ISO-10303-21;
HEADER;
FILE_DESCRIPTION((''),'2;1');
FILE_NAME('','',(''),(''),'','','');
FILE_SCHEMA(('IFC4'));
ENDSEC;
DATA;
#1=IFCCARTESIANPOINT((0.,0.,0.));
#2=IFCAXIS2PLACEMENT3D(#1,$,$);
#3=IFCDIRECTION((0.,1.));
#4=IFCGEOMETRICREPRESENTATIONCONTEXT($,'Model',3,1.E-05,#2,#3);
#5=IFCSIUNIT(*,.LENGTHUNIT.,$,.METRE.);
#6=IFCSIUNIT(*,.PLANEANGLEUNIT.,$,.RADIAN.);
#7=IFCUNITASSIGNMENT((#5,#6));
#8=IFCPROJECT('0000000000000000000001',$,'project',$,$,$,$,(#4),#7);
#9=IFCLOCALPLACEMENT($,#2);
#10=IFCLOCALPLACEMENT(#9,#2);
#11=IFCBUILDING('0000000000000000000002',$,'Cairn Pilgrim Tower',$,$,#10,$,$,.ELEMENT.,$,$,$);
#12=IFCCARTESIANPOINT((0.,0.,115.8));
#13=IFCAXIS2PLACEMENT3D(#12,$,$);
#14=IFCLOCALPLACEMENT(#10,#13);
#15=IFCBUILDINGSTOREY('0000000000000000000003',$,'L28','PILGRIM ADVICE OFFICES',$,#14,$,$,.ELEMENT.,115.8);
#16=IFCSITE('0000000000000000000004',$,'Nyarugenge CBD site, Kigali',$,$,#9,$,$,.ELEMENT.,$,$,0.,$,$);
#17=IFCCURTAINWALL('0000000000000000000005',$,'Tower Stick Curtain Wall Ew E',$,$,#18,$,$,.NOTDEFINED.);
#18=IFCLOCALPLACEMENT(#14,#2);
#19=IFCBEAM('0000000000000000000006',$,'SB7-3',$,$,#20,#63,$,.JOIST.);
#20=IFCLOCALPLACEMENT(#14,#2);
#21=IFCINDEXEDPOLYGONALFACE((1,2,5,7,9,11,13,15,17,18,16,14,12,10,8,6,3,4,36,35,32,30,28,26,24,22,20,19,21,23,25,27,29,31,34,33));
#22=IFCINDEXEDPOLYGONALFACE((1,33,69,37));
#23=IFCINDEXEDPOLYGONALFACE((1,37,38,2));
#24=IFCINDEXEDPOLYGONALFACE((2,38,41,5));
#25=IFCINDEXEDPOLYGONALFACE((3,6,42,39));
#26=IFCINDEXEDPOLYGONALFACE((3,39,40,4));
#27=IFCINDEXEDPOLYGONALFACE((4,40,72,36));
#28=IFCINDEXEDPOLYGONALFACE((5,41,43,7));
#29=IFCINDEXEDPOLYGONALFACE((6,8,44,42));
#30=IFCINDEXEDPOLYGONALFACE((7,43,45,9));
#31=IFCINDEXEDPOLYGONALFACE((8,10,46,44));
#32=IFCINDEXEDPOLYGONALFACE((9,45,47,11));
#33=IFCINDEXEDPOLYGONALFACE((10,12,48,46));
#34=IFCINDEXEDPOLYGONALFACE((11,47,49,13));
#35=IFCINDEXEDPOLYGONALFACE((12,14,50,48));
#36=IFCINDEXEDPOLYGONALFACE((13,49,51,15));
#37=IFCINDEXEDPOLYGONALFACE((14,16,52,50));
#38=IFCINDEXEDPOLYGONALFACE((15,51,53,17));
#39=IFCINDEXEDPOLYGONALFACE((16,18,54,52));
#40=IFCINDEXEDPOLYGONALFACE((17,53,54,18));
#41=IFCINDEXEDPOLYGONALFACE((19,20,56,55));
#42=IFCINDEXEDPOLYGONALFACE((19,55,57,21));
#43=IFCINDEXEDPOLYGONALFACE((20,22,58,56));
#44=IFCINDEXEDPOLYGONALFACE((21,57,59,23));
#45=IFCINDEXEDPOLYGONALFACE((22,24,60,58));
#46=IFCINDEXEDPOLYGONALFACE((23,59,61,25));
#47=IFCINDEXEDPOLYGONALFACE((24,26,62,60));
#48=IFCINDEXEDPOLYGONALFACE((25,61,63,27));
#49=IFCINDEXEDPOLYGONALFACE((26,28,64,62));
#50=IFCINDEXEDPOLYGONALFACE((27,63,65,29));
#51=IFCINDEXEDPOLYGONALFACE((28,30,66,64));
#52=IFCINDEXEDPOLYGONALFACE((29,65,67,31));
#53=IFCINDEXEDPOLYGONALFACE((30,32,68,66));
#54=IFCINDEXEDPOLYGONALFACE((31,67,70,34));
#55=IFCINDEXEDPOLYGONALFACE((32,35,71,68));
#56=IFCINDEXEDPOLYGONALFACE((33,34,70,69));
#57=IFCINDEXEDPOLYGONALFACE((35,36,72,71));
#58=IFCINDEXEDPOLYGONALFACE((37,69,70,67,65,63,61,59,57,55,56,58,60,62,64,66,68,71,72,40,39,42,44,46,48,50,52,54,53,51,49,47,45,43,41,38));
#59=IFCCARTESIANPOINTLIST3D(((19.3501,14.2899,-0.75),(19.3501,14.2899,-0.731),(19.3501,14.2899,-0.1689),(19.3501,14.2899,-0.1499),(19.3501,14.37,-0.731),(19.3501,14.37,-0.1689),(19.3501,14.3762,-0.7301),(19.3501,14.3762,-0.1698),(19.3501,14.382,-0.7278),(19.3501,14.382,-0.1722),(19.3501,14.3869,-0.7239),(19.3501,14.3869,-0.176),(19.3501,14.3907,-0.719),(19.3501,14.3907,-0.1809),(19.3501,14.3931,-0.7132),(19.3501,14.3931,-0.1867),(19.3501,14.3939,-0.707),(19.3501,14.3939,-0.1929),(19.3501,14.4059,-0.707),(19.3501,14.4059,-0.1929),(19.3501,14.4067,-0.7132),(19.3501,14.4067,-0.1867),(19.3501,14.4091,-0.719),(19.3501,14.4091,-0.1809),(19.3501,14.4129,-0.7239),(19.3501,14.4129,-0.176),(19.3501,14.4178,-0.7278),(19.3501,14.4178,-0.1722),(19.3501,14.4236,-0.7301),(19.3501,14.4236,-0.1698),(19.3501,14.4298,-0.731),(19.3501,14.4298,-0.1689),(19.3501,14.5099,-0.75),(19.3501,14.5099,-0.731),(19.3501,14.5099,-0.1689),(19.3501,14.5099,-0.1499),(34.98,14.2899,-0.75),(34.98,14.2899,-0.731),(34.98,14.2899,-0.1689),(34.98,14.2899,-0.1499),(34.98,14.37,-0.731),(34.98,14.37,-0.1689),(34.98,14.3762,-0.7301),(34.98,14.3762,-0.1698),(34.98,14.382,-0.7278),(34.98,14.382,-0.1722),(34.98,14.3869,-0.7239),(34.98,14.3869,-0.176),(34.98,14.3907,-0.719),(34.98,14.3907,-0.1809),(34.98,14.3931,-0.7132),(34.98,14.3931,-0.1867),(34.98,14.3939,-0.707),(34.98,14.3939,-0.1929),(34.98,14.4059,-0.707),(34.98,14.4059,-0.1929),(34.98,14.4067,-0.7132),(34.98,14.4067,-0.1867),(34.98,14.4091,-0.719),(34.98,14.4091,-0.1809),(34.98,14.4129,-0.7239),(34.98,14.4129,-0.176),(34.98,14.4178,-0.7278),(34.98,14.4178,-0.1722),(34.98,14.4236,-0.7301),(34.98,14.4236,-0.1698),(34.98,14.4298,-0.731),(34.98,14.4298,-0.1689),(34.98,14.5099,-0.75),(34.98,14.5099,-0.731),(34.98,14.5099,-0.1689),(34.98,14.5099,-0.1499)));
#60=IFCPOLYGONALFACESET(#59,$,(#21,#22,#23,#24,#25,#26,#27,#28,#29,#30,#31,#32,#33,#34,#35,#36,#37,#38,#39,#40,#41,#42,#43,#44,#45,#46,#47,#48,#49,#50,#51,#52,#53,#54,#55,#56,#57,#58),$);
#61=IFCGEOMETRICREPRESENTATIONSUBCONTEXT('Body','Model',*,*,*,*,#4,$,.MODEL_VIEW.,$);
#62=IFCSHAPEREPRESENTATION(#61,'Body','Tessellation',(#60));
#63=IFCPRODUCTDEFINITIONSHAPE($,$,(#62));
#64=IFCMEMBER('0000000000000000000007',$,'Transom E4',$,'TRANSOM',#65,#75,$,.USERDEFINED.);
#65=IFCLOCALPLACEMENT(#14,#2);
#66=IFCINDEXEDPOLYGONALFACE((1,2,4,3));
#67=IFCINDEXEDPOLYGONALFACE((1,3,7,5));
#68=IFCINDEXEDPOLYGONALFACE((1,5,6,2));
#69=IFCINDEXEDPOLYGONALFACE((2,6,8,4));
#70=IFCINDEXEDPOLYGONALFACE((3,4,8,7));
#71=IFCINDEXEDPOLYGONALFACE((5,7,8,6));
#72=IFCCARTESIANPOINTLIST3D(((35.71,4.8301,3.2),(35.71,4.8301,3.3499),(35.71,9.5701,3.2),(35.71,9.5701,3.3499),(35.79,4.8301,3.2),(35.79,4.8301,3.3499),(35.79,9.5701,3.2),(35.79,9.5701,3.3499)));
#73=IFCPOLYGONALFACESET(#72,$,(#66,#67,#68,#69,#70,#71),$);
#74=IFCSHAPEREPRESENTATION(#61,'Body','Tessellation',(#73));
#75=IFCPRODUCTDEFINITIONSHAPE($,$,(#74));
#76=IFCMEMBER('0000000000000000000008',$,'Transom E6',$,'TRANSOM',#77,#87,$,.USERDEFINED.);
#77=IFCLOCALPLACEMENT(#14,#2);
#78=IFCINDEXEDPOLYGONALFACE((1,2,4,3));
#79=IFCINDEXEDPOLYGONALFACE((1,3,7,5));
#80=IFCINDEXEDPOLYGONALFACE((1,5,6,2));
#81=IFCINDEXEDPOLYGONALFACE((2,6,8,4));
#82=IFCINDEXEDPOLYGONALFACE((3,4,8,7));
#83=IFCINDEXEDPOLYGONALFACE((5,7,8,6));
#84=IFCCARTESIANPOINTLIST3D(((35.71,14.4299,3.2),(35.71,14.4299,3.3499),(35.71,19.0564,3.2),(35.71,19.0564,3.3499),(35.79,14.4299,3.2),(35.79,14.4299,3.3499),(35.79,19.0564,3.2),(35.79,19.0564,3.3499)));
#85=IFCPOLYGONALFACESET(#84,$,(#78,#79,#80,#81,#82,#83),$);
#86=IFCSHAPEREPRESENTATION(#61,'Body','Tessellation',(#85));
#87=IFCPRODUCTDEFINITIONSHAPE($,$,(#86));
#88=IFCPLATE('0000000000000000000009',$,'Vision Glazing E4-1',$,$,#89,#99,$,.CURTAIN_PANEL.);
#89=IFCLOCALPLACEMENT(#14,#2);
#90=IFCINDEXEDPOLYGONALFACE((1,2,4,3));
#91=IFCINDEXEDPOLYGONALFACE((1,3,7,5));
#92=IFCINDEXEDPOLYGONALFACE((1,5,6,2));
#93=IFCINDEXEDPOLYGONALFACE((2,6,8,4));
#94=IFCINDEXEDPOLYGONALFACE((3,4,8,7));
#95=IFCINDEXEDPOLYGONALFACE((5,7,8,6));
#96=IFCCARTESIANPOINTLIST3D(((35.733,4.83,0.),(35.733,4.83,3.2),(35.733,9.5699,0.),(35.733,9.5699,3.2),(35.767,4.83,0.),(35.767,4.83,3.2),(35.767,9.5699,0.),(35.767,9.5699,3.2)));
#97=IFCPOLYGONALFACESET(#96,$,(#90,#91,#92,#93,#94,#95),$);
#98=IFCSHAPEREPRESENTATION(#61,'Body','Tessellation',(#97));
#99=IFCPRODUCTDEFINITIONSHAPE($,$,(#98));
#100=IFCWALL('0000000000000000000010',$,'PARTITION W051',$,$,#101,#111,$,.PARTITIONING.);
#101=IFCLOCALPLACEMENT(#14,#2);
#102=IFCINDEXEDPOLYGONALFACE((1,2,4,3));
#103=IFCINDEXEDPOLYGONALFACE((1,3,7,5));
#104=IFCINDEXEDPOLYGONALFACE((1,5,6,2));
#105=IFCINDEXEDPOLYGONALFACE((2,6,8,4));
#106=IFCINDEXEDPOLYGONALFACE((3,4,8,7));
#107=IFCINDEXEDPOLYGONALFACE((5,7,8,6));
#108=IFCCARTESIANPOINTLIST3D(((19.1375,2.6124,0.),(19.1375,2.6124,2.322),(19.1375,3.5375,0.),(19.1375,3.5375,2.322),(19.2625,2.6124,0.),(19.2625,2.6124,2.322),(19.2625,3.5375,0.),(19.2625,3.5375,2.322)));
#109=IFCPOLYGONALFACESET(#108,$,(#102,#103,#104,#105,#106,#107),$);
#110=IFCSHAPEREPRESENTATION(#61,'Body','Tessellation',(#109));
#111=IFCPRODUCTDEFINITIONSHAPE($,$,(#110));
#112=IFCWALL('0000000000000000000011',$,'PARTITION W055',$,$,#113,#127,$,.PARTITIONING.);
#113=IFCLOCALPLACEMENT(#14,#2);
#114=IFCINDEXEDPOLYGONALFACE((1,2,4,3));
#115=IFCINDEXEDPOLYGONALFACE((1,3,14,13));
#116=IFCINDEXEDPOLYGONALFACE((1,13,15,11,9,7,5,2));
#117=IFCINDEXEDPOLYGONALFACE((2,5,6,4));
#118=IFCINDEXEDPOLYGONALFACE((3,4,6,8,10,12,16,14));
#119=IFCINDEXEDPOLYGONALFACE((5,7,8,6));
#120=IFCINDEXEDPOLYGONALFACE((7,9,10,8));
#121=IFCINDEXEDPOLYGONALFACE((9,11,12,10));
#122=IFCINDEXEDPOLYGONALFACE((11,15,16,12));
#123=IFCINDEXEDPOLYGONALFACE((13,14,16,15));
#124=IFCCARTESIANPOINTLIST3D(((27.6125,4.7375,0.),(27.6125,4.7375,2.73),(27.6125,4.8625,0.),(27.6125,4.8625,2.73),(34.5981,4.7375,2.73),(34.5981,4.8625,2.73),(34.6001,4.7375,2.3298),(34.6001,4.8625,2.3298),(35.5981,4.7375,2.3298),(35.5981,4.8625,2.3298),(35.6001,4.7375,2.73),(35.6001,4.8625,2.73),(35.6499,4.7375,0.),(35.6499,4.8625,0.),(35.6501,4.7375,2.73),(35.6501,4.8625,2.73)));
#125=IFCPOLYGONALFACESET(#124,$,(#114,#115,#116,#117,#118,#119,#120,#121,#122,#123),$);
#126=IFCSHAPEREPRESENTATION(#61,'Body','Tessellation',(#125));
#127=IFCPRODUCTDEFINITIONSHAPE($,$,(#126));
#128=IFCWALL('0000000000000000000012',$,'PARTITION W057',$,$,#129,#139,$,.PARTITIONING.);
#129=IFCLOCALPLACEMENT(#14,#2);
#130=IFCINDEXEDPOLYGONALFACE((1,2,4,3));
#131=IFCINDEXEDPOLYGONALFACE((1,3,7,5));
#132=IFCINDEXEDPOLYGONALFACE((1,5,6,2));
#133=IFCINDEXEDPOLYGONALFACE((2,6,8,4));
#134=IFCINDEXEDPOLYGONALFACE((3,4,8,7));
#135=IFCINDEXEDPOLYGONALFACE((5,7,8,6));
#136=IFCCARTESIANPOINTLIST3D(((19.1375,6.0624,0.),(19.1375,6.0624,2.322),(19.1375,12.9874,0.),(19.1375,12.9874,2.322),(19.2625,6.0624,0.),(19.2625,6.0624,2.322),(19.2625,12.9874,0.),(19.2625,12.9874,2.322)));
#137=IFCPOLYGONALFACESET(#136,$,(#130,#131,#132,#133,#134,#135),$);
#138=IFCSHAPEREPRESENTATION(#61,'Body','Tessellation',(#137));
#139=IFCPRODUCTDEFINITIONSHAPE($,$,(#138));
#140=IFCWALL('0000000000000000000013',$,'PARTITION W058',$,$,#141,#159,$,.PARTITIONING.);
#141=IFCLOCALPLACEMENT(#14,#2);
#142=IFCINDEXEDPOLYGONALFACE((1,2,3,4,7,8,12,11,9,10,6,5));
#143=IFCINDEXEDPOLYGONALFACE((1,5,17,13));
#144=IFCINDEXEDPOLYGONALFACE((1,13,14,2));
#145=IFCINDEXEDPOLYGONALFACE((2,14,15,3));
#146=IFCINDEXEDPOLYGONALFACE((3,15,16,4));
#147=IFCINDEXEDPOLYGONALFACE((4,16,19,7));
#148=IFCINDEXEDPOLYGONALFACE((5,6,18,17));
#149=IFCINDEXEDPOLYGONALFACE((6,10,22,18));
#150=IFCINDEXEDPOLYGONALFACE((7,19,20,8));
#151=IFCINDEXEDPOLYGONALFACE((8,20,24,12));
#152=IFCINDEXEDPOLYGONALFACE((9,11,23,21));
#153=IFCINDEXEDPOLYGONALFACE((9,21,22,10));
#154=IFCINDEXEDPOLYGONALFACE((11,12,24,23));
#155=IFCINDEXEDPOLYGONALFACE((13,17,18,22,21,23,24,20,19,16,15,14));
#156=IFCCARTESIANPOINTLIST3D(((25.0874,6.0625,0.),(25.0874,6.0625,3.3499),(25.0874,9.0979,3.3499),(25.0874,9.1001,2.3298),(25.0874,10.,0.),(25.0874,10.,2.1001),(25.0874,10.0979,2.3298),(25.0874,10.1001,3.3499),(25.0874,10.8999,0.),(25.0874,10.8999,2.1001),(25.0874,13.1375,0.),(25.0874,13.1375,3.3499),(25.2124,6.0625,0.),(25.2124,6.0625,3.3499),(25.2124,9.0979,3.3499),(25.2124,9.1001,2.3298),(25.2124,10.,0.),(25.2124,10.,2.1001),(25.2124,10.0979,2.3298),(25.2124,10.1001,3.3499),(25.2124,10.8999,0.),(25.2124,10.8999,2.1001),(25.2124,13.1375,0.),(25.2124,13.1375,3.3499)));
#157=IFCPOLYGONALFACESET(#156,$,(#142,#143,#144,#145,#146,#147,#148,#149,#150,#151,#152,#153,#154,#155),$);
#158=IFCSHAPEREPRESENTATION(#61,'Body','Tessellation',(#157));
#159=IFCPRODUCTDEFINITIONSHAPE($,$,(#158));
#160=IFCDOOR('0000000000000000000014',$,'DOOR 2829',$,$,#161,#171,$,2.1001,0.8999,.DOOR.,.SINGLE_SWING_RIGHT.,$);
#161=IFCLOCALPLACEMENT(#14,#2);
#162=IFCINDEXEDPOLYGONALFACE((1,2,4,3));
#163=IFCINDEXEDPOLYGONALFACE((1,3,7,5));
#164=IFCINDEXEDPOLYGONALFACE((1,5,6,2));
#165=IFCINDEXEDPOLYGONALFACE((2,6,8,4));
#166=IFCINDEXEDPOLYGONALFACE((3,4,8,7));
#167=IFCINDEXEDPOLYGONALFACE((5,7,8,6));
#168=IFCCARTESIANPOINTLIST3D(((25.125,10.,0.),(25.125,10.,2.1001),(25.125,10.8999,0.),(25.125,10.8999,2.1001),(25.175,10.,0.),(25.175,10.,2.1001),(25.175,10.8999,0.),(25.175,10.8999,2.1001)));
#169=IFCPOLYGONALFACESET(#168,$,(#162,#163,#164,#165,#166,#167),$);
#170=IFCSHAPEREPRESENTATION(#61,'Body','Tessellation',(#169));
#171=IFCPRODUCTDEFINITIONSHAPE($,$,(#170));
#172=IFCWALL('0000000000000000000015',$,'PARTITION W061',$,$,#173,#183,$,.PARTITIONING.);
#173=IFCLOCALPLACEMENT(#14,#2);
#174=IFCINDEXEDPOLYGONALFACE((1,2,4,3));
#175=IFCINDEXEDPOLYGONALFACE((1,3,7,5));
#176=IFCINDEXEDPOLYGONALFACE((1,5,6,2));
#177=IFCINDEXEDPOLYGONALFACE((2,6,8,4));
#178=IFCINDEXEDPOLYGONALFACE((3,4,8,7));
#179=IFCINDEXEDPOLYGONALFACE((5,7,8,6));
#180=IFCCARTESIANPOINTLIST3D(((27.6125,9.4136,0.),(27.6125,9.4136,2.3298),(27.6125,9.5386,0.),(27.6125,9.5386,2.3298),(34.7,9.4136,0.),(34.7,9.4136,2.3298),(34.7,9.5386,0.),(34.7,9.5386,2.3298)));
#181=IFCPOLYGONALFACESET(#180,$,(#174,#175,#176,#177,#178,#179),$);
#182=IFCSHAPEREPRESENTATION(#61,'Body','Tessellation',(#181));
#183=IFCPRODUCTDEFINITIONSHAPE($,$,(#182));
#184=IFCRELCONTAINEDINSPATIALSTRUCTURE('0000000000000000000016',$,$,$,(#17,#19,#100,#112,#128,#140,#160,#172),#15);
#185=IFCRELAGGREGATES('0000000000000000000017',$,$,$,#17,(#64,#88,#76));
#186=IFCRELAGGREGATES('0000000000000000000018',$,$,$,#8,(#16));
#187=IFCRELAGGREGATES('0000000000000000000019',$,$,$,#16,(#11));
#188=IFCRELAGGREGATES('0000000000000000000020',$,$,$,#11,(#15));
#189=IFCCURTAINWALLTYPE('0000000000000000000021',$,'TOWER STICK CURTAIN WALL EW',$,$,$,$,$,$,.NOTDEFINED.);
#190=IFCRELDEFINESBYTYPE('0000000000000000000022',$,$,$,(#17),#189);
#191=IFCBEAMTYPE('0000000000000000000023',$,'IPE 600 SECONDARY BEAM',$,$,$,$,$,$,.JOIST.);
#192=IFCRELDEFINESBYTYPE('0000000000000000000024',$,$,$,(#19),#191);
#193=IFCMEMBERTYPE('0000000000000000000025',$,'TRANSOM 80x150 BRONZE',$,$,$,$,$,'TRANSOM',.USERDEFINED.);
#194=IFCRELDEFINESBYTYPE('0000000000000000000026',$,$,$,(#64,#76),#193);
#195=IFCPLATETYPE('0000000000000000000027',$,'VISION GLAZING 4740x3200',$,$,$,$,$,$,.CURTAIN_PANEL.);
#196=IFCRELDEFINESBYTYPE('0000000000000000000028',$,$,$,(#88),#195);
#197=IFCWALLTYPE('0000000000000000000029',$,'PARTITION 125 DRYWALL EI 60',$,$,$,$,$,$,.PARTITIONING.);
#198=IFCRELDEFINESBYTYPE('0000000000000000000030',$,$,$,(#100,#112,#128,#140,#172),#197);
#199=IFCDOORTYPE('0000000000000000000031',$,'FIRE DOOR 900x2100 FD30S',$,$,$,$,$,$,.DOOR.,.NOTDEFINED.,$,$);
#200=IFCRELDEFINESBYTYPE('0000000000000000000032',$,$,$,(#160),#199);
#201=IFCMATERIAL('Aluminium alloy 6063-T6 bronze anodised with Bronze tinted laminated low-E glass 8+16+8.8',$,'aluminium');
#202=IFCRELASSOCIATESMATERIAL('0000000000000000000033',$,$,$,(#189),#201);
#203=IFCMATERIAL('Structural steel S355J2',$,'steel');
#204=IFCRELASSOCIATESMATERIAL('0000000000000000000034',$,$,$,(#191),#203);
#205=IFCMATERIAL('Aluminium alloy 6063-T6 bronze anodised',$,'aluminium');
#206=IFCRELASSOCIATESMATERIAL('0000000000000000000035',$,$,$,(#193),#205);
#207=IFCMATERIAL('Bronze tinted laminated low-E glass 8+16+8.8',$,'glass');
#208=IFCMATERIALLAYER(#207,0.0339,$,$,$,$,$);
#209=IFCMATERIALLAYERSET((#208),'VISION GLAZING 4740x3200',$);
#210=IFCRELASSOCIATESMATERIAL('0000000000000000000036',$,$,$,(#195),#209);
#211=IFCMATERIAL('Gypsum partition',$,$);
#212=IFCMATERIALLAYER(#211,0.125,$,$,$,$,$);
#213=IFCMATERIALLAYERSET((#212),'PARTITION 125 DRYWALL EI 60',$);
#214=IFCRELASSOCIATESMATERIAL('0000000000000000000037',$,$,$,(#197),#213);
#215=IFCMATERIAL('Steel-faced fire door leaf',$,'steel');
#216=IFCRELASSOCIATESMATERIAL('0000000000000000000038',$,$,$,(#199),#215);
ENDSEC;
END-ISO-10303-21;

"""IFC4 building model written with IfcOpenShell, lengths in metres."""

from ifc_helpers import new_model, si_unit, direction, frame, frame_2d, origin, origin_2d, place, context, subcontext, project, spatial, polyline, rectangle, i_section, outline, extrude, material, layer, layer_set, material_profile, profile_set, type_object, element, fill, aggregate, save


model = new_model("IFC4")

# Units and contexts
model_context = context("Model", 3, precision=1e-05, world=origin(), true_north=direction((0.0, 1.0)))
body_context = subcontext(model_context, "Body", "Model", "MODEL_VIEW")
ifc_project = project(units=[si_unit("LENGTHUNIT", "METRE"), si_unit("PLANEANGLEUNIT", "RADIAN")], contexts=[model_context])

# Site, building, storey
site_placement = place(None, origin())
site = spatial("IfcSite", under=ifc_project, at=site_placement, Name="Nyarugenge CBD site, Kigali", CompositionType="ELEMENT", RefElevation=0.0)
building_placement = place(site_placement, origin())
building = spatial("IfcBuilding", under=site, at=building_placement, Name="Cairn Pilgrim Tower", CompositionType="ELEMENT")
storey_placement = place(building_placement, frame((0.0, 0.0, 115.8)))
storey = spatial("IfcBuildingStorey", under=building, at=storey_placement, Name="L28", Description="PILGRIM ADVICE OFFICES", CompositionType="ELEMENT", Elevation=115.8)

# Curtain wall
ifc_material_1 = material(Name="Aluminium alloy 6063-T6 bronze anodised with Bronze tinted laminated low-E glass 8+16+8.8", Category="aluminium")
curtain_wall_type = type_object("IfcCurtainWallType", Name="TOWER STICK CURTAIN WALL EW", PredefinedType="NOTDEFINED", material=ifc_material_1)
curtain_wall_placement = place(storey_placement, origin())
curtain_wall = element("IfcCurtainWall", 1, at=curtain_wall_placement, inside=storey, type_object=curtain_wall_type, Name="Tower Stick Curtain Wall Ew E", PredefinedType="NOTDEFINED")
ifc_material_2 = material(Name="Aluminium alloy 6063-T6 bronze anodised", Category="aluminium")

# Beam
ifc_material_3 = material(Name="Structural steel S355J2", Category="steel")
ifc_material_profile_1 = material_profile(ifc_material_3, i_section(OverallWidth=0.22, OverallDepth=0.6001, WebThickness=0.012, FlangeThickness=0.019, FilletRadius=0.0239, at=origin_2d()), Name="IPE 600")
ifc_profile_set_1 = profile_set([ifc_material_profile_1], Name="Structural steel S355J2")
beam_type_1 = type_object("IfcBeamType", Name="IPE 600 SECONDARY BEAM", PredefinedType="JOIST", material=ifc_profile_set_1)
for number, where, z_axis, x_axis, name in (
    (2, (19.3501, 14.3999, -0.45), (1.0, 0.0, 0.0), (0.0, 1.0, 0.0), "SB7-3"),
):
    element("IfcBeam", number, at=place(storey_placement, frame(where, z_axis=z_axis, x_axis=x_axis)), inside=storey, type_object=beam_type_1, Name=name, PredefinedType="JOIST", context=body_context, shape_type="SweptSolid", body=[
        extrude(i_section(OverallWidth=0.22, OverallDepth=0.6001, WebThickness=0.012, FlangeThickness=0.019, FilletRadius=0.0239, at=origin_2d()), origin(), (0.0, 0.0, 1.0), 15.6299),
    ])

# Members
ifc_material_profile_2 = material_profile(ifc_material_2, rectangle(XDim=0.0801, YDim=0.1499, at=origin_2d()), Name="TRANSOM 80x150 BRONZE")
ifc_profile_set_2 = profile_set([ifc_material_profile_2], Name="Aluminium alloy 6063-T6 bronze anodised")
member_type_1 = type_object("IfcMemberType", Name="TRANSOM 80x150 BRONZE", ElementType="TRANSOM", PredefinedType="USERDEFINED", material=ifc_profile_set_2)
member_1_placement = place(storey_placement, frame((35.75, 4.8301, 3.2749), z_axis=(0.0, 1.0, 0.0), x_axis=(-1.0, 0.0, 0.0)))
member_1 = element("IfcMember", 3, at=member_1_placement, type_object=member_type_1, Name="Transom E4", ObjectType="TRANSOM", PredefinedType="USERDEFINED", context=body_context, shape_type="SweptSolid", body=[
    extrude(rectangle(XDim=0.0801, YDim=0.1499, at=origin_2d()), origin(), (0.0, 0.0, 1.0), 4.74),
])
member_2_placement = place(storey_placement, frame((35.75, 14.4299, 3.2749), z_axis=(0.0, 1.0, 0.0), x_axis=(-1.0, 0.0, 0.0)))
member_2 = element("IfcMember", 4, at=member_2_placement, type_object=member_type_1, Name="Transom E6", ObjectType="TRANSOM", PredefinedType="USERDEFINED", context=body_context, shape_type="SweptSolid", body=[
    extrude(rectangle(XDim=0.0801, YDim=0.1499, at=origin_2d()), origin(), (0.0, 0.0, 1.0), 4.6265),
])

# Plate
ifc_material_4 = material(Name="Bronze tinted laminated low-E glass 8+16+8.8", Category="glass")
ifc_layer_1 = layer(ifc_material_4, 0.0339)
ifc_layer_set_1 = layer_set([ifc_layer_1], Name="VISION GLAZING 4740x3200")
plate_type = type_object("IfcPlateType", Name="VISION GLAZING 4740x3200", PredefinedType="CURTAIN_PANEL", material=ifc_layer_set_1)
plate_placement = place(storey_placement, frame((35.75, 7.2, 0.0), z_axis=(0.0, 0.0, 1.0), x_axis=(0.0, 1.0, 0.0)))
plate = element("IfcPlate", 5, at=plate_placement, type_object=plate_type, Name="Vision Glazing E4-1", PredefinedType="CURTAIN_PANEL", context=body_context, shape_type="SweptSolid", body=[
    extrude(rectangle(XDim=4.74, YDim=0.0339, at=origin_2d()), origin(), (0.0, 0.0, 1.0), 3.2),
])
aggregate(curtain_wall, [member_1, plate, member_2])

# Walls
ifc_material_5 = material(Name="Gypsum partition")
ifc_layer_2 = layer(ifc_material_5, 0.125)
ifc_layer_set_2 = layer_set([ifc_layer_2], Name="PARTITION 125 DRYWALL EI 60")
wall_type_1 = type_object("IfcWallType", Name="PARTITION 125 DRYWALL EI 60", PredefinedType="PARTITIONING", material=ifc_layer_set_2)
wall_1_placement = place(storey_placement, frame((19.2, 2.6125, 0.0), z_axis=(0.0, 0.0, 1.0), x_axis=(0.0, 1.0, 0.0)))
element("IfcWall", 6, at=wall_1_placement, inside=storey, type_object=wall_type_1, Name="PARTITION W051", PredefinedType="PARTITIONING", context=body_context, shape_type="SweptSolid", body=[
    extrude(rectangle(XDim=0.925, YDim=0.125, at=frame_2d((0.4624, 0.0))), origin(), (0.0, 0.0, 1.0), 2.322),
])
wall_2_placement = place(storey_placement, frame((27.6125, 4.8, 0.0), z_axis=(0.0, 0.0, 1.0), x_axis=(1.0, 0.0, 0.0)))
element("IfcWall", 7, at=wall_2_placement, inside=storey, type_object=wall_type_1, Name="PARTITION W055", PredefinedType="PARTITIONING", context=body_context, shape_type="SweptSolid", body=[
    extrude(outline(polyline([(0.0, 0.0), (8.0374, 0.0), (8.0376, 2.73), (7.9875, 2.73), (7.9856, 2.3298), (6.9875, 2.3298), (6.9856, 2.73), (0.0, 2.73), (0.0, 0.0)])), frame((0.0, 0.0625, 0.0), z_axis=(0.0, -1.0, 0.0), x_axis=(1.0, 0.0, 0.0)), (0.0, 0.0, 1.0), 0.125),
])
wall_3_placement = place(storey_placement, frame((19.2, 6.0625, 0.0), z_axis=(0.0, 0.0, 1.0), x_axis=(0.0, 1.0, 0.0)))
element("IfcWall", 8, at=wall_3_placement, inside=storey, type_object=wall_type_1, Name="PARTITION W057", PredefinedType="PARTITIONING", context=body_context, shape_type="SweptSolid", body=[
    extrude(rectangle(XDim=6.925, YDim=0.125, at=frame_2d((3.4624, 0.0))), origin(), (0.0, 0.0, 1.0), 2.322),
])

# Wall, opening, door
wall_4_placement = place(storey_placement, frame((25.1499, 6.0625, 0.0), z_axis=(0.0, 0.0, 1.0), x_axis=(0.0, 1.0, 0.0)))
wall_4 = element("IfcWall", 9, at=wall_4_placement, inside=storey, type_object=wall_type_1, Name="PARTITION W058", PredefinedType="PARTITIONING", context=body_context, shape_type="SweptSolid", body=[
    extrude(outline(polyline([(0.0, 0.0), (7.075, 0.0), (7.075, 3.3499), (4.0376, 3.3499), (4.0354, 2.3298), (3.0376, 2.3298), (3.0354, 3.3499), (0.0, 3.3499), (0.0, 0.0)])), frame((0.0, 0.0625, 0.0), z_axis=(0.0, -1.0, 0.0), x_axis=(1.0, 0.0, 0.0)), (0.0, 0.0, 1.0), 0.125),
])
opening_1_placement = place(wall_4_placement, frame((3.9375, 0.0, 0.0)))
opening_1 = element("IfcOpeningElement", 10, at=opening_1_placement, cuts=wall_4, PredefinedType="OPENING", context=body_context, shape_type="SweptSolid", body=[
    extrude(rectangle(XDim=0.8999, YDim=2.1001, at=frame_2d((0.45, 1.05))), frame((0.0, 0.0725, 0.0), z_axis=(0.0, -1.0, 0.0), x_axis=(1.0, 0.0, 0.0)), (0.0, 0.0, 1.0), 0.145),
])
ifc_material_6 = material(Name="Steel-faced fire door leaf", Category="steel")
door_type_1 = type_object("IfcDoorType", Name="FIRE DOOR 900x2100 FD30S", OperationType="NOTDEFINED", PredefinedType="DOOR", material=ifc_material_6)
door_1_placement = place(opening_1_placement, origin())
door_1 = element("IfcDoor", 11, at=door_1_placement, inside=storey, type_object=door_type_1, Name="DOOR 2829", OperationType="SINGLE_SWING_RIGHT", OverallHeight=2.1001, OverallWidth=0.8999, PredefinedType="DOOR", context=body_context, shape_type="SweptSolid", body=[
    extrude(rectangle(XDim=0.8999, YDim=2.1001, at=frame_2d((0.45, 1.05))), frame((0.0, 0.0249, 0.0), z_axis=(0.0, -1.0, 0.0), x_axis=(1.0, 0.0, 0.0)), (0.0, 0.0, 1.0), 0.05),
])
fill(opening_1, door_1)

# Wall
wall_5_placement = place(storey_placement, frame((27.6125, 9.4761, 0.0), z_axis=(0.0, 0.0, 1.0), x_axis=(1.0, 0.0, 0.0)))
element("IfcWall", 12, at=wall_5_placement, inside=storey, type_object=wall_type_1, Name="PARTITION W061", PredefinedType="PARTITIONING", context=body_context, shape_type="SweptSolid", body=[
    extrude(rectangle(XDim=7.0874, YDim=0.125, at=frame_2d((3.5437, 0.0))), origin(), (0.0, 0.0, 1.0), 2.3298),
])

save(model, "model.ifc")
